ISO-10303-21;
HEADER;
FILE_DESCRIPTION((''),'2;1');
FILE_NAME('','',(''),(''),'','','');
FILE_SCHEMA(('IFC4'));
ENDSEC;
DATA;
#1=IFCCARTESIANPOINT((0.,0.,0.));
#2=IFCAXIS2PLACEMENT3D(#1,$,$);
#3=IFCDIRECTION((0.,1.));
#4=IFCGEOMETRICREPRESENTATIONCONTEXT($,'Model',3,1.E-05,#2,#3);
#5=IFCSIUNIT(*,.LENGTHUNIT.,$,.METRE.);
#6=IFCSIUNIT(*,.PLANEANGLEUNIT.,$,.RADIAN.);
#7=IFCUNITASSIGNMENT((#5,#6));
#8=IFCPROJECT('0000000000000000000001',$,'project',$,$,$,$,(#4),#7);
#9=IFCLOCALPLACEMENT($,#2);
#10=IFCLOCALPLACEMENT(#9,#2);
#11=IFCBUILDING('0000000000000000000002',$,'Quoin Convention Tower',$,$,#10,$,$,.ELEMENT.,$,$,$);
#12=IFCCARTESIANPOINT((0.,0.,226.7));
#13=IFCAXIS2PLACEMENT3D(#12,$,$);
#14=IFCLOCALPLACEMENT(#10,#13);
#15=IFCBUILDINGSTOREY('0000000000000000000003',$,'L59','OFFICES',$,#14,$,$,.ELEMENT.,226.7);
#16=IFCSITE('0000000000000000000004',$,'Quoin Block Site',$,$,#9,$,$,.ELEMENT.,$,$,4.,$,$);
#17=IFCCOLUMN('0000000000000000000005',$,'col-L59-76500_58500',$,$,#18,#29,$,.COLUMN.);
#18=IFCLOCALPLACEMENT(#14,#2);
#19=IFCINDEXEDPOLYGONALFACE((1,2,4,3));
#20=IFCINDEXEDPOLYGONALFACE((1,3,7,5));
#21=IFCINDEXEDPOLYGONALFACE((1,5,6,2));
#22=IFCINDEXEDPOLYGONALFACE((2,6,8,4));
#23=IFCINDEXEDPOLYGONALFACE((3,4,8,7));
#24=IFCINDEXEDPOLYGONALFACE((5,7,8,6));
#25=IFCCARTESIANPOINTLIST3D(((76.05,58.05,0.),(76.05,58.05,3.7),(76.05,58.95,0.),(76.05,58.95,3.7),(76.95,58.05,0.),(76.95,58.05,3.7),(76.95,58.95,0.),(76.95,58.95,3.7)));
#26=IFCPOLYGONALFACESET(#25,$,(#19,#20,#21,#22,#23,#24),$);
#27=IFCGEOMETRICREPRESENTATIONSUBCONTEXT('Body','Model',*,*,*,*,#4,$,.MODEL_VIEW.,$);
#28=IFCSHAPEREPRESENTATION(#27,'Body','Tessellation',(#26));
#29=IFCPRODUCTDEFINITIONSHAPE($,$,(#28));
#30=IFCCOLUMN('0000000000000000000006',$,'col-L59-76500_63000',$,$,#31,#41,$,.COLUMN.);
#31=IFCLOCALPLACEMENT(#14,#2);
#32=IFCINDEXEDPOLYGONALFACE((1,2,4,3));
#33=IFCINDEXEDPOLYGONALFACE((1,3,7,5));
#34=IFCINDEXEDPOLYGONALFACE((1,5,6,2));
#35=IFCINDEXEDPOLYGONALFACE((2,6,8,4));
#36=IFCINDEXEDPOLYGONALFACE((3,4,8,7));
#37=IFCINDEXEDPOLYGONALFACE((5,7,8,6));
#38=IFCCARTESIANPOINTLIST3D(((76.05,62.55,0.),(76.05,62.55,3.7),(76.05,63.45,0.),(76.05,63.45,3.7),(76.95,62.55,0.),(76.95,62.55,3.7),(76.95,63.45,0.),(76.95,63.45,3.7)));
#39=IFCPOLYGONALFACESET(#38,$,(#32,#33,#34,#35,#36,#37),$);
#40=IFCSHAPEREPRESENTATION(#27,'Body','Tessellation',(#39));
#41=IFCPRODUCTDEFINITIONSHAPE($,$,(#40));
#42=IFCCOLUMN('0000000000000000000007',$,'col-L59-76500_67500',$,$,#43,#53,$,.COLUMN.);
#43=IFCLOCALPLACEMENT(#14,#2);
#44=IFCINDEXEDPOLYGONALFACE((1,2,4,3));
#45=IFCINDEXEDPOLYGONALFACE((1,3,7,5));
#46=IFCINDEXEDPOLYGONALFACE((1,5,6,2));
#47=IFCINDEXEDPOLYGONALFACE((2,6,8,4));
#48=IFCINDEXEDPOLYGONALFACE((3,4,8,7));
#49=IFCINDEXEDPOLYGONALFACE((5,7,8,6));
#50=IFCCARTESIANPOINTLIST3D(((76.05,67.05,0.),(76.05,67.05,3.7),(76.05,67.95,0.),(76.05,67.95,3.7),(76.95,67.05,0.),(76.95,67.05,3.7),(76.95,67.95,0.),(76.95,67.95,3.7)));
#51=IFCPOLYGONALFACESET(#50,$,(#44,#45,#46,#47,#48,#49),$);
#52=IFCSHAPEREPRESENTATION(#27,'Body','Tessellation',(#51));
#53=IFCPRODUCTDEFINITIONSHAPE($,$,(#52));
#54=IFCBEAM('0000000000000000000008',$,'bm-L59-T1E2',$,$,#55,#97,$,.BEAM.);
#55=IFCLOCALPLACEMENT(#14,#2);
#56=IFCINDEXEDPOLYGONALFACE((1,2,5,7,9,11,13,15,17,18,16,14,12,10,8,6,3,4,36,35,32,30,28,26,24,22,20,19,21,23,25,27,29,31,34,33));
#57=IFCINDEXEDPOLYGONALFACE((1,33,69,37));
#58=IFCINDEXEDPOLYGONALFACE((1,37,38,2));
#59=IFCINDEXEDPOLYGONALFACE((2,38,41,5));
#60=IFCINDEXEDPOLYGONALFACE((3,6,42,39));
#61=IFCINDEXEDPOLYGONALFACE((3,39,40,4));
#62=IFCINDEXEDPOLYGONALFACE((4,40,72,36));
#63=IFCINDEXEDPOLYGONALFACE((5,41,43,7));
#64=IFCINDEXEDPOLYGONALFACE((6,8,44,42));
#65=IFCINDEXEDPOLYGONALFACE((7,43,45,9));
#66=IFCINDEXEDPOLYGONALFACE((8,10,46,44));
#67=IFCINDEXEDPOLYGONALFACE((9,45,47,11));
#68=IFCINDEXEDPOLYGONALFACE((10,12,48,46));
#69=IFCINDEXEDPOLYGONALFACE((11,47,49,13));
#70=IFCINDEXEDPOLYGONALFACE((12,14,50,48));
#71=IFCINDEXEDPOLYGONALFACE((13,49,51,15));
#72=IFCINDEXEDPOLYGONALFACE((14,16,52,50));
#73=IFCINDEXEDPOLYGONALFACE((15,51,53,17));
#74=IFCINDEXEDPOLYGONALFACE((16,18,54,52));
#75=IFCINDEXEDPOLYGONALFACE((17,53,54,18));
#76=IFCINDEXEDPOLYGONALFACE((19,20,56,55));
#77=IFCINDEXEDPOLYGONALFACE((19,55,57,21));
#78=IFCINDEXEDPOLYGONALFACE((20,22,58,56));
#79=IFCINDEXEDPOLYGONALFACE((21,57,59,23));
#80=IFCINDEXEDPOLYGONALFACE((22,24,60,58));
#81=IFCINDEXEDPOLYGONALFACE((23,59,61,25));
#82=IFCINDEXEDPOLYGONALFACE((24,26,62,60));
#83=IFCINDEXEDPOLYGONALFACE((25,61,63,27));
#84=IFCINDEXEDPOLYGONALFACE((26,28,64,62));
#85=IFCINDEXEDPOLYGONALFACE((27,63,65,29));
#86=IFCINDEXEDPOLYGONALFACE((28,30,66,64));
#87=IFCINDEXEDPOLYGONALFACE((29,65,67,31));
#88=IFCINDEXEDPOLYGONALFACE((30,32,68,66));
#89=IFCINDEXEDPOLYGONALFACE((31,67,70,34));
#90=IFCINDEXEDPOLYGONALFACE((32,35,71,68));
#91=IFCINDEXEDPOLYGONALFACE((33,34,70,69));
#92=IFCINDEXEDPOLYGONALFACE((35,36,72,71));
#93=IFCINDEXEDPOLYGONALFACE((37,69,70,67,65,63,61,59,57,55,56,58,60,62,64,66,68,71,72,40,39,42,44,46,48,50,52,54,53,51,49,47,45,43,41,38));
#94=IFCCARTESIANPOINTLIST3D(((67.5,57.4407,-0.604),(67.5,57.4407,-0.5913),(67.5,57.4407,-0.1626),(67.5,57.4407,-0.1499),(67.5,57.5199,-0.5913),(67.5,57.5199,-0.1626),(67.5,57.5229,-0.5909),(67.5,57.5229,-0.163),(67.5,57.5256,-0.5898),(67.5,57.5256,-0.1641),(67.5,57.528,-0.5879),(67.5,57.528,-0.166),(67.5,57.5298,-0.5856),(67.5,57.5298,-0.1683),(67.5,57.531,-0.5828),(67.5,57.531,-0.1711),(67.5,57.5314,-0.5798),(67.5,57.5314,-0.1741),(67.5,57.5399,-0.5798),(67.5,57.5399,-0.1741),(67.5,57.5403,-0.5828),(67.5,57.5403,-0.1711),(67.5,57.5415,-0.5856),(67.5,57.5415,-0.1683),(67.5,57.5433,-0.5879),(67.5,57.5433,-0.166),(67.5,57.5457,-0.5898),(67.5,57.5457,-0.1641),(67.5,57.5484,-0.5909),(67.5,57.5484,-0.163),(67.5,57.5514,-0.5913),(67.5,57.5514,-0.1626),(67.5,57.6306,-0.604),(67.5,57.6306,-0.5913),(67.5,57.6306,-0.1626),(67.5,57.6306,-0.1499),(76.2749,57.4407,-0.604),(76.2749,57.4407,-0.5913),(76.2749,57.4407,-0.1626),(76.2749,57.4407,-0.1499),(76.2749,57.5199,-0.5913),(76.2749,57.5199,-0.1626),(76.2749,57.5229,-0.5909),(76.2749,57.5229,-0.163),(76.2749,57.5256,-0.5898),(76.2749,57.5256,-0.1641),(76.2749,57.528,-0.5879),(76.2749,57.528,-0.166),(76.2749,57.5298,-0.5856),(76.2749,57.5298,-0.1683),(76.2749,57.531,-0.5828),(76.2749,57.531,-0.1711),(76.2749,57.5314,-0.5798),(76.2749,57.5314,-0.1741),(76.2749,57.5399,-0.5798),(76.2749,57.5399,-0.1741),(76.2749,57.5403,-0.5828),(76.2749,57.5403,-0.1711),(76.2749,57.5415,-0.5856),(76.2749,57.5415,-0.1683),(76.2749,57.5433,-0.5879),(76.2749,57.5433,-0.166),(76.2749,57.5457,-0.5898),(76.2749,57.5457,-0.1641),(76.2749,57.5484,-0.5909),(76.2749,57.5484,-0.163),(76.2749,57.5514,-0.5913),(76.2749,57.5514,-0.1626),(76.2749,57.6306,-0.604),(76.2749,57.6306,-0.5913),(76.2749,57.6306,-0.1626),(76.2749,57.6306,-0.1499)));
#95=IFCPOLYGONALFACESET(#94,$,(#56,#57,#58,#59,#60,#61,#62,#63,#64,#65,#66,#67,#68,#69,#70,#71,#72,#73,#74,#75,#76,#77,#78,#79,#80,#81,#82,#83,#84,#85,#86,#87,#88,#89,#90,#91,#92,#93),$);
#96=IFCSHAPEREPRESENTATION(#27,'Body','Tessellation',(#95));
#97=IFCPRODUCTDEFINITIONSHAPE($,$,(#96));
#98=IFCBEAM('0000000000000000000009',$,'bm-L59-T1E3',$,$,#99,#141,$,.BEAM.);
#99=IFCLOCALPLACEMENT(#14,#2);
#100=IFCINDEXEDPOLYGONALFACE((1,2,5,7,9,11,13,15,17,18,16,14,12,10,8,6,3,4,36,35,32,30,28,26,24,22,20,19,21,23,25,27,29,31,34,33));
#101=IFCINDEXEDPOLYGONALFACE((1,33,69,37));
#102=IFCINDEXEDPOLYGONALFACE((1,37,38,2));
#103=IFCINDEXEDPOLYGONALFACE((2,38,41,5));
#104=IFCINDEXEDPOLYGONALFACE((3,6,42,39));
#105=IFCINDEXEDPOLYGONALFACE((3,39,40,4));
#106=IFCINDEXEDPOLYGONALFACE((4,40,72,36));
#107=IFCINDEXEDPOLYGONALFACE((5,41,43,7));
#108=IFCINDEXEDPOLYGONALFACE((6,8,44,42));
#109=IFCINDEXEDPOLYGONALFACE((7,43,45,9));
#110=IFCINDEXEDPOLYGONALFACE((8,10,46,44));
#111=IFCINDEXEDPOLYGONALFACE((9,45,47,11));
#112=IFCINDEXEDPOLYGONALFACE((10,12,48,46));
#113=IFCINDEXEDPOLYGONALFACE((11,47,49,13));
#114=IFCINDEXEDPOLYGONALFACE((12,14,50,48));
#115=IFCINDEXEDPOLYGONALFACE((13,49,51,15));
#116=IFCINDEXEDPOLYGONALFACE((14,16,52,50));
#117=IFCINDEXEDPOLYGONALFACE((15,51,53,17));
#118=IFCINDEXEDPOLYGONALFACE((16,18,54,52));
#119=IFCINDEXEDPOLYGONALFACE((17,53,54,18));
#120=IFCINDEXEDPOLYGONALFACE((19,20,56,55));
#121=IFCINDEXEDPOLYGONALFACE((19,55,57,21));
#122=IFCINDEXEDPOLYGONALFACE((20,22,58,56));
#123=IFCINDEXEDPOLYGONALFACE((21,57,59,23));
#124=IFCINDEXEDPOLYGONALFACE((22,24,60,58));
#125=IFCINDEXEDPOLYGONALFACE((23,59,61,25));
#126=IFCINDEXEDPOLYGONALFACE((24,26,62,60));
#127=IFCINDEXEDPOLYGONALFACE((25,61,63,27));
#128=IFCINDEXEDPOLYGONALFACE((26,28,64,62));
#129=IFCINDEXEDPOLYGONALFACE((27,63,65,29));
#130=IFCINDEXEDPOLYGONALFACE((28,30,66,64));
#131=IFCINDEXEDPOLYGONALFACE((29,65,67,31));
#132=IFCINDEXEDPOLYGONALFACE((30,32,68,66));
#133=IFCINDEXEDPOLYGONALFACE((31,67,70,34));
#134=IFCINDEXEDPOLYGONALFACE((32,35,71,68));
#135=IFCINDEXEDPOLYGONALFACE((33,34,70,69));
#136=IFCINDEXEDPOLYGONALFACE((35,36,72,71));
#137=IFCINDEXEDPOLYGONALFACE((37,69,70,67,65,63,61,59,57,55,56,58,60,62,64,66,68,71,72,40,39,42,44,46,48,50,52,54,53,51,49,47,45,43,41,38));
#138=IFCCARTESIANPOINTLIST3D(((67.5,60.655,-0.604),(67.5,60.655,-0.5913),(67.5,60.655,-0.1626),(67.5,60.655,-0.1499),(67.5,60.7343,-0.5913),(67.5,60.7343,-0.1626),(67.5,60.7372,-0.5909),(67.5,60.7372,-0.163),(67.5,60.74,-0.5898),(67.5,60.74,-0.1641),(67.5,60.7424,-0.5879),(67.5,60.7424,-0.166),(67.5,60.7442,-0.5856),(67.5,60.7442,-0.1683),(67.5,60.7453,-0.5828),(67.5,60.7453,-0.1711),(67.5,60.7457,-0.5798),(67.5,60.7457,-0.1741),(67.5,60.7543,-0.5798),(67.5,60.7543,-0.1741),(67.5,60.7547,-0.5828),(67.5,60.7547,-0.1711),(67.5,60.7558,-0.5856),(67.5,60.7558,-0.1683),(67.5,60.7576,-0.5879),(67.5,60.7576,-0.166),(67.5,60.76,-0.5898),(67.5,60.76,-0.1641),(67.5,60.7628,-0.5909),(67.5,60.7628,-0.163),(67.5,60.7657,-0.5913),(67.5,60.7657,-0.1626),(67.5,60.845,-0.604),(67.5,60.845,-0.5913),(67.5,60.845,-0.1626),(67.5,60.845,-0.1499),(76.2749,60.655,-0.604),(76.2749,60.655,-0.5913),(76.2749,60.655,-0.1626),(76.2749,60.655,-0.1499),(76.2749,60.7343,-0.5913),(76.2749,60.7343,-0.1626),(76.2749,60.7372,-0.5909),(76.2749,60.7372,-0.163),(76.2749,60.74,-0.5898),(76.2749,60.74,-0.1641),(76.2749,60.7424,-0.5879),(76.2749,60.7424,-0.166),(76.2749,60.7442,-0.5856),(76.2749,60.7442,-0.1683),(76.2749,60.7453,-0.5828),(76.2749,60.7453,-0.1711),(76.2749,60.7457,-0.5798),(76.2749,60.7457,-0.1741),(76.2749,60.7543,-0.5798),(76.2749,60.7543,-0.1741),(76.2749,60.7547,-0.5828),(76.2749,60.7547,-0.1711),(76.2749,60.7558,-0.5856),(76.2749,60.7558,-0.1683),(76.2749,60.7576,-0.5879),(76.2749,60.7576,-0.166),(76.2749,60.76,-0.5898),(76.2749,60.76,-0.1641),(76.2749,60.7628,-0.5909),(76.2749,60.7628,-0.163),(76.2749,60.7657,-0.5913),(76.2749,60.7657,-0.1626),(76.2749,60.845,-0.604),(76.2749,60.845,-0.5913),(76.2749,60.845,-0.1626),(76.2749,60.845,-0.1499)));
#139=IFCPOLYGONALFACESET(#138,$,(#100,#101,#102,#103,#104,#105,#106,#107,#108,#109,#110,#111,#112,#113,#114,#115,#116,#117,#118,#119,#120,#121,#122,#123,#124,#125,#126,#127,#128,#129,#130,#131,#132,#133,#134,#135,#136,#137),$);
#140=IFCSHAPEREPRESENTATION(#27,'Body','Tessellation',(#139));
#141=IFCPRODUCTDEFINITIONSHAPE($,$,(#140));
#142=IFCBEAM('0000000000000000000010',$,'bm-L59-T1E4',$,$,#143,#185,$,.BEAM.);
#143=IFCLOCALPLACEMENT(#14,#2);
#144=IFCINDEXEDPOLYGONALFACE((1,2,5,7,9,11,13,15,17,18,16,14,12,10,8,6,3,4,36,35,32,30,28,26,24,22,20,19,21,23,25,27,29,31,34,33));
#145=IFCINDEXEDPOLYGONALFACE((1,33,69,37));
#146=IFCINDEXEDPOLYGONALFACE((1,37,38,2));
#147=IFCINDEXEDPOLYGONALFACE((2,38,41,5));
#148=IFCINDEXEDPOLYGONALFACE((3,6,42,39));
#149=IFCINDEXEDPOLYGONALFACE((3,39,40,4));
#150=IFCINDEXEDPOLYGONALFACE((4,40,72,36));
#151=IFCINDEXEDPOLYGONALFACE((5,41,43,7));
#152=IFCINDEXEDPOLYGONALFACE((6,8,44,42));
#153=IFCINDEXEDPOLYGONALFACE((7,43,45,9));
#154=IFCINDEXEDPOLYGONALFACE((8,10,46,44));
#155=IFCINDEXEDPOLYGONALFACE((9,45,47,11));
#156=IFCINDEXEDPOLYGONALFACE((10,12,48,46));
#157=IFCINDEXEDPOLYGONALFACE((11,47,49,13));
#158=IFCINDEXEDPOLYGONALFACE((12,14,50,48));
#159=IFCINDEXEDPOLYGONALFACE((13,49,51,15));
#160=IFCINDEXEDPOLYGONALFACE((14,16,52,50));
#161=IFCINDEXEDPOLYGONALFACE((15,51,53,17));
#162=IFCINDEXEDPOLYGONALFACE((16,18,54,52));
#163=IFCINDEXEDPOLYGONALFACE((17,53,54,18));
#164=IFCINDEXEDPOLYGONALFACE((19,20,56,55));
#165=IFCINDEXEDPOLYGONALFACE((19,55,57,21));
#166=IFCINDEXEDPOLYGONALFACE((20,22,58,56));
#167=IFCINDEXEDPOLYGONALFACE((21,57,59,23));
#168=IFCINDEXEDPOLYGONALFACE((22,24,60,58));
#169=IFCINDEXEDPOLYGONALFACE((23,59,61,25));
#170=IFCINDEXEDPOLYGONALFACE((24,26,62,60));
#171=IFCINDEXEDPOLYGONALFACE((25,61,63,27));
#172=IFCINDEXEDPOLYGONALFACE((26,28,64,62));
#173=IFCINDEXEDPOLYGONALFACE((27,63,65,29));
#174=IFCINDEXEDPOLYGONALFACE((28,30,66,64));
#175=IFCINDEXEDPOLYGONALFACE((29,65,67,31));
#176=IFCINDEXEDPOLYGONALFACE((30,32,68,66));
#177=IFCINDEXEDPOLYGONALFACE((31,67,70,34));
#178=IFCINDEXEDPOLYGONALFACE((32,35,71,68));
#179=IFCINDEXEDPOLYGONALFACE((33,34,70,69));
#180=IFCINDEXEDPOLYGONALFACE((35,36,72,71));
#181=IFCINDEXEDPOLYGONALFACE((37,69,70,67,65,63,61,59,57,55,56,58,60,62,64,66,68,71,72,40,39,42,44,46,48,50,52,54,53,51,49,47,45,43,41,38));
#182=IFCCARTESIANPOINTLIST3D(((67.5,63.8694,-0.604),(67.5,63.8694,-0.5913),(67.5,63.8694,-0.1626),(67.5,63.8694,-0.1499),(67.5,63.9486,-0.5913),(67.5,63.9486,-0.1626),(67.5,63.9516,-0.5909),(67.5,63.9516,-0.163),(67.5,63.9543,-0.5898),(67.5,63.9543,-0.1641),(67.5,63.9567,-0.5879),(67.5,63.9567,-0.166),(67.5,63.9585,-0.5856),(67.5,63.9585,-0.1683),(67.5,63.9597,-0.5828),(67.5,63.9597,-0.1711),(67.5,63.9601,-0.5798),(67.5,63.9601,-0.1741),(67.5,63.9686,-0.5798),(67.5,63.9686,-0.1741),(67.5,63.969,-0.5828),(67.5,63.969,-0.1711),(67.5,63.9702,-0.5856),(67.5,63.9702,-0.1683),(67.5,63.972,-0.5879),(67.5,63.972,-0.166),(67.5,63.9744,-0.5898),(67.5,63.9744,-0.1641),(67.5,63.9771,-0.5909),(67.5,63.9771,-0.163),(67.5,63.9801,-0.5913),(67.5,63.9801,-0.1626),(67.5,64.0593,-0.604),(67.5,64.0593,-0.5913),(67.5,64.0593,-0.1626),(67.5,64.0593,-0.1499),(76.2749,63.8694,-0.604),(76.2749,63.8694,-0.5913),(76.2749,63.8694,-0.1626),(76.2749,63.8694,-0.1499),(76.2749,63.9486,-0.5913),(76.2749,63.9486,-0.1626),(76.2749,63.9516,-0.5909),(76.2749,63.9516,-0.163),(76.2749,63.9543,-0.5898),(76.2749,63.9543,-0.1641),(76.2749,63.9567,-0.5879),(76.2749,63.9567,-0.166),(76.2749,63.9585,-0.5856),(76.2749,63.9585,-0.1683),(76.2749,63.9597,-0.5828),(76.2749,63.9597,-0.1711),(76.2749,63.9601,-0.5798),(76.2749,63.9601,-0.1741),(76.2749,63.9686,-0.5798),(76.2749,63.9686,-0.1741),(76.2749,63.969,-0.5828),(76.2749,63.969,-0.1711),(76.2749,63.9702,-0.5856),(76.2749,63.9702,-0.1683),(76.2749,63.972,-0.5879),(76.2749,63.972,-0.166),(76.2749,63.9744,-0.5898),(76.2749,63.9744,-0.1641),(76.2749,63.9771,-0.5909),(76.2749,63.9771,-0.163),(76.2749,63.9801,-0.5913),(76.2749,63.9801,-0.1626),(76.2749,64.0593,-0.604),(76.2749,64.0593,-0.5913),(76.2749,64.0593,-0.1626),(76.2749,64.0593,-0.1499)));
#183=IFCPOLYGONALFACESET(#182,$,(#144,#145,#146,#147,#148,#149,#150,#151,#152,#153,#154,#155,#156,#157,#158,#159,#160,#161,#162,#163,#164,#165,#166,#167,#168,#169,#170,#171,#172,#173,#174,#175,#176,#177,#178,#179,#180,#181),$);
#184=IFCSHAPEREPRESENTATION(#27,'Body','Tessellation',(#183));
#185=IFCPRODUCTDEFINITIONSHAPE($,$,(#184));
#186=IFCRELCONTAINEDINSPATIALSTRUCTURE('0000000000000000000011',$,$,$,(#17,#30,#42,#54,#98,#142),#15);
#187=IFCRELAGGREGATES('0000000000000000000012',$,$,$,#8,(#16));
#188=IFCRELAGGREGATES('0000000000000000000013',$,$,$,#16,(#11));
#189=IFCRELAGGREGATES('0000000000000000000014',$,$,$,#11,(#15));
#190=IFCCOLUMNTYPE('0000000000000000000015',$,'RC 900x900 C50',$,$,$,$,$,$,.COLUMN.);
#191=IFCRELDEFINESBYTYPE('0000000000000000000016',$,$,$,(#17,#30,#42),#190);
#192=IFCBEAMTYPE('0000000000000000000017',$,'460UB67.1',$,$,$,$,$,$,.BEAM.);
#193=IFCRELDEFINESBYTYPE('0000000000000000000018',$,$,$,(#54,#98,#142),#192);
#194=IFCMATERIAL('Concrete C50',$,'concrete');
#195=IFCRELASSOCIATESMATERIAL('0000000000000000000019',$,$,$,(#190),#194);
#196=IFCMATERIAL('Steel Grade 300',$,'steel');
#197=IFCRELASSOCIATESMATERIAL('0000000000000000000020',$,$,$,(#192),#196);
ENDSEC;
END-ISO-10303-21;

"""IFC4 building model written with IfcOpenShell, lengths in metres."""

from ifc_helpers import new_model, si_unit, direction, frame, origin, origin_2d, place, context, subcontext, project, spatial, rectangle, i_section, extrude, material, material_profile, profile_set, type_object, element, save


model = new_model("IFC4")

# Units and contexts
model_context = context("Model", 3, precision=1e-05, world=origin(), true_north=direction((0.0, 1.0)))
body_context = subcontext(model_context, "Body", "Model", "MODEL_VIEW")
ifc_project = project(units=[si_unit("LENGTHUNIT", "METRE"), si_unit("PLANEANGLEUNIT", "RADIAN")], contexts=[model_context])

# Site, building, storey
site_placement = place(None, origin())
site = spatial("IfcSite", under=ifc_project, at=site_placement, Name="Quoin Block Site", CompositionType="ELEMENT", RefElevation=4.0)
building_placement = place(site_placement, origin())
building = spatial("IfcBuilding", under=site, at=building_placement, Name="Quoin Convention Tower", CompositionType="ELEMENT")
storey_placement = place(building_placement, frame((0.0, 0.0, 226.7)))
storey = spatial("IfcBuildingStorey", under=building, at=storey_placement, Name="L59", Description="OFFICES", CompositionType="ELEMENT", Elevation=226.7)

# Columns
ifc_material_1 = material(Name="Concrete C50", Category="concrete")
ifc_material_profile_1 = material_profile(ifc_material_1, rectangle(XDim=0.8999, YDim=0.8999, at=origin_2d()), Name="RC 900x900")
ifc_profile_set_1 = profile_set([ifc_material_profile_1], Name="Concrete C50")
column_type = type_object("IfcColumnType", Name="RC 900x900 C50", PredefinedType="COLUMN", material=ifc_profile_set_1)
for number, where, z_axis, x_axis, name in (
    (1, (76.5, 58.5, 0.0), (0.0, 0.0, 1.0), (1.0, 0.0, 0.0), "col-L59-76500_58500"),
    (2, (76.5, 63.0, 0.0), (0.0, 0.0, 1.0), (1.0, 0.0, 0.0), "col-L59-76500_63000"),
    (3, (76.5, 67.5, 0.0), (0.0, 0.0, 1.0), (1.0, 0.0, 0.0), "col-L59-76500_67500"),
):
    element("IfcColumn", number, at=place(storey_placement, frame(where, z_axis=z_axis, x_axis=x_axis)), inside=storey, type_object=column_type, Name=name, PredefinedType="COLUMN", context=body_context, shape_type="SweptSolid", body=[
        extrude(rectangle(XDim=0.8999, YDim=0.8999, at=origin_2d()), origin(), (0.0, 0.0, 1.0), 3.7),
    ])

# Beams
ifc_material_2 = material(Name="Steel Grade 300", Category="steel")
ifc_material_profile_2 = material_profile(ifc_material_2, i_section(OverallWidth=0.1899, OverallDepth=0.4541, WebThickness=0.0085, FlangeThickness=0.0127, FilletRadius=0.0115, at=origin_2d()), Name="460UB67.1")
ifc_profile_set_2 = profile_set([ifc_material_profile_2], Name="Steel Grade 300")
beam_type_1 = type_object("IfcBeamType", Name="460UB67.1", PredefinedType="BEAM", material=ifc_profile_set_2)
for number, where, z_axis, x_axis, name in (
    (4, (67.5, 57.5356, -0.377), (1.0, 0.0, 0.0), (0.0, 1.0, 0.0), "bm-L59-T1E2"),
    (5, (67.5, 60.75, -0.377), (1.0, 0.0, 0.0), (0.0, 1.0, 0.0), "bm-L59-T1E3"),
    (6, (67.5, 63.9644, -0.377), (1.0, 0.0, 0.0), (0.0, 1.0, 0.0), "bm-L59-T1E4"),
):
    element("IfcBeam", number, at=place(storey_placement, frame(where, z_axis=z_axis, x_axis=x_axis)), inside=storey, type_object=beam_type_1, Name=name, PredefinedType="BEAM", context=body_context, shape_type="SweptSolid", body=[
        extrude(i_section(OverallWidth=0.1899, OverallDepth=0.4541, WebThickness=0.0085, FlangeThickness=0.0127, FilletRadius=0.0115, at=origin_2d()), origin(), (0.0, 0.0, 1.0), 8.7749),
    ])

save(model, "model.ifc")
